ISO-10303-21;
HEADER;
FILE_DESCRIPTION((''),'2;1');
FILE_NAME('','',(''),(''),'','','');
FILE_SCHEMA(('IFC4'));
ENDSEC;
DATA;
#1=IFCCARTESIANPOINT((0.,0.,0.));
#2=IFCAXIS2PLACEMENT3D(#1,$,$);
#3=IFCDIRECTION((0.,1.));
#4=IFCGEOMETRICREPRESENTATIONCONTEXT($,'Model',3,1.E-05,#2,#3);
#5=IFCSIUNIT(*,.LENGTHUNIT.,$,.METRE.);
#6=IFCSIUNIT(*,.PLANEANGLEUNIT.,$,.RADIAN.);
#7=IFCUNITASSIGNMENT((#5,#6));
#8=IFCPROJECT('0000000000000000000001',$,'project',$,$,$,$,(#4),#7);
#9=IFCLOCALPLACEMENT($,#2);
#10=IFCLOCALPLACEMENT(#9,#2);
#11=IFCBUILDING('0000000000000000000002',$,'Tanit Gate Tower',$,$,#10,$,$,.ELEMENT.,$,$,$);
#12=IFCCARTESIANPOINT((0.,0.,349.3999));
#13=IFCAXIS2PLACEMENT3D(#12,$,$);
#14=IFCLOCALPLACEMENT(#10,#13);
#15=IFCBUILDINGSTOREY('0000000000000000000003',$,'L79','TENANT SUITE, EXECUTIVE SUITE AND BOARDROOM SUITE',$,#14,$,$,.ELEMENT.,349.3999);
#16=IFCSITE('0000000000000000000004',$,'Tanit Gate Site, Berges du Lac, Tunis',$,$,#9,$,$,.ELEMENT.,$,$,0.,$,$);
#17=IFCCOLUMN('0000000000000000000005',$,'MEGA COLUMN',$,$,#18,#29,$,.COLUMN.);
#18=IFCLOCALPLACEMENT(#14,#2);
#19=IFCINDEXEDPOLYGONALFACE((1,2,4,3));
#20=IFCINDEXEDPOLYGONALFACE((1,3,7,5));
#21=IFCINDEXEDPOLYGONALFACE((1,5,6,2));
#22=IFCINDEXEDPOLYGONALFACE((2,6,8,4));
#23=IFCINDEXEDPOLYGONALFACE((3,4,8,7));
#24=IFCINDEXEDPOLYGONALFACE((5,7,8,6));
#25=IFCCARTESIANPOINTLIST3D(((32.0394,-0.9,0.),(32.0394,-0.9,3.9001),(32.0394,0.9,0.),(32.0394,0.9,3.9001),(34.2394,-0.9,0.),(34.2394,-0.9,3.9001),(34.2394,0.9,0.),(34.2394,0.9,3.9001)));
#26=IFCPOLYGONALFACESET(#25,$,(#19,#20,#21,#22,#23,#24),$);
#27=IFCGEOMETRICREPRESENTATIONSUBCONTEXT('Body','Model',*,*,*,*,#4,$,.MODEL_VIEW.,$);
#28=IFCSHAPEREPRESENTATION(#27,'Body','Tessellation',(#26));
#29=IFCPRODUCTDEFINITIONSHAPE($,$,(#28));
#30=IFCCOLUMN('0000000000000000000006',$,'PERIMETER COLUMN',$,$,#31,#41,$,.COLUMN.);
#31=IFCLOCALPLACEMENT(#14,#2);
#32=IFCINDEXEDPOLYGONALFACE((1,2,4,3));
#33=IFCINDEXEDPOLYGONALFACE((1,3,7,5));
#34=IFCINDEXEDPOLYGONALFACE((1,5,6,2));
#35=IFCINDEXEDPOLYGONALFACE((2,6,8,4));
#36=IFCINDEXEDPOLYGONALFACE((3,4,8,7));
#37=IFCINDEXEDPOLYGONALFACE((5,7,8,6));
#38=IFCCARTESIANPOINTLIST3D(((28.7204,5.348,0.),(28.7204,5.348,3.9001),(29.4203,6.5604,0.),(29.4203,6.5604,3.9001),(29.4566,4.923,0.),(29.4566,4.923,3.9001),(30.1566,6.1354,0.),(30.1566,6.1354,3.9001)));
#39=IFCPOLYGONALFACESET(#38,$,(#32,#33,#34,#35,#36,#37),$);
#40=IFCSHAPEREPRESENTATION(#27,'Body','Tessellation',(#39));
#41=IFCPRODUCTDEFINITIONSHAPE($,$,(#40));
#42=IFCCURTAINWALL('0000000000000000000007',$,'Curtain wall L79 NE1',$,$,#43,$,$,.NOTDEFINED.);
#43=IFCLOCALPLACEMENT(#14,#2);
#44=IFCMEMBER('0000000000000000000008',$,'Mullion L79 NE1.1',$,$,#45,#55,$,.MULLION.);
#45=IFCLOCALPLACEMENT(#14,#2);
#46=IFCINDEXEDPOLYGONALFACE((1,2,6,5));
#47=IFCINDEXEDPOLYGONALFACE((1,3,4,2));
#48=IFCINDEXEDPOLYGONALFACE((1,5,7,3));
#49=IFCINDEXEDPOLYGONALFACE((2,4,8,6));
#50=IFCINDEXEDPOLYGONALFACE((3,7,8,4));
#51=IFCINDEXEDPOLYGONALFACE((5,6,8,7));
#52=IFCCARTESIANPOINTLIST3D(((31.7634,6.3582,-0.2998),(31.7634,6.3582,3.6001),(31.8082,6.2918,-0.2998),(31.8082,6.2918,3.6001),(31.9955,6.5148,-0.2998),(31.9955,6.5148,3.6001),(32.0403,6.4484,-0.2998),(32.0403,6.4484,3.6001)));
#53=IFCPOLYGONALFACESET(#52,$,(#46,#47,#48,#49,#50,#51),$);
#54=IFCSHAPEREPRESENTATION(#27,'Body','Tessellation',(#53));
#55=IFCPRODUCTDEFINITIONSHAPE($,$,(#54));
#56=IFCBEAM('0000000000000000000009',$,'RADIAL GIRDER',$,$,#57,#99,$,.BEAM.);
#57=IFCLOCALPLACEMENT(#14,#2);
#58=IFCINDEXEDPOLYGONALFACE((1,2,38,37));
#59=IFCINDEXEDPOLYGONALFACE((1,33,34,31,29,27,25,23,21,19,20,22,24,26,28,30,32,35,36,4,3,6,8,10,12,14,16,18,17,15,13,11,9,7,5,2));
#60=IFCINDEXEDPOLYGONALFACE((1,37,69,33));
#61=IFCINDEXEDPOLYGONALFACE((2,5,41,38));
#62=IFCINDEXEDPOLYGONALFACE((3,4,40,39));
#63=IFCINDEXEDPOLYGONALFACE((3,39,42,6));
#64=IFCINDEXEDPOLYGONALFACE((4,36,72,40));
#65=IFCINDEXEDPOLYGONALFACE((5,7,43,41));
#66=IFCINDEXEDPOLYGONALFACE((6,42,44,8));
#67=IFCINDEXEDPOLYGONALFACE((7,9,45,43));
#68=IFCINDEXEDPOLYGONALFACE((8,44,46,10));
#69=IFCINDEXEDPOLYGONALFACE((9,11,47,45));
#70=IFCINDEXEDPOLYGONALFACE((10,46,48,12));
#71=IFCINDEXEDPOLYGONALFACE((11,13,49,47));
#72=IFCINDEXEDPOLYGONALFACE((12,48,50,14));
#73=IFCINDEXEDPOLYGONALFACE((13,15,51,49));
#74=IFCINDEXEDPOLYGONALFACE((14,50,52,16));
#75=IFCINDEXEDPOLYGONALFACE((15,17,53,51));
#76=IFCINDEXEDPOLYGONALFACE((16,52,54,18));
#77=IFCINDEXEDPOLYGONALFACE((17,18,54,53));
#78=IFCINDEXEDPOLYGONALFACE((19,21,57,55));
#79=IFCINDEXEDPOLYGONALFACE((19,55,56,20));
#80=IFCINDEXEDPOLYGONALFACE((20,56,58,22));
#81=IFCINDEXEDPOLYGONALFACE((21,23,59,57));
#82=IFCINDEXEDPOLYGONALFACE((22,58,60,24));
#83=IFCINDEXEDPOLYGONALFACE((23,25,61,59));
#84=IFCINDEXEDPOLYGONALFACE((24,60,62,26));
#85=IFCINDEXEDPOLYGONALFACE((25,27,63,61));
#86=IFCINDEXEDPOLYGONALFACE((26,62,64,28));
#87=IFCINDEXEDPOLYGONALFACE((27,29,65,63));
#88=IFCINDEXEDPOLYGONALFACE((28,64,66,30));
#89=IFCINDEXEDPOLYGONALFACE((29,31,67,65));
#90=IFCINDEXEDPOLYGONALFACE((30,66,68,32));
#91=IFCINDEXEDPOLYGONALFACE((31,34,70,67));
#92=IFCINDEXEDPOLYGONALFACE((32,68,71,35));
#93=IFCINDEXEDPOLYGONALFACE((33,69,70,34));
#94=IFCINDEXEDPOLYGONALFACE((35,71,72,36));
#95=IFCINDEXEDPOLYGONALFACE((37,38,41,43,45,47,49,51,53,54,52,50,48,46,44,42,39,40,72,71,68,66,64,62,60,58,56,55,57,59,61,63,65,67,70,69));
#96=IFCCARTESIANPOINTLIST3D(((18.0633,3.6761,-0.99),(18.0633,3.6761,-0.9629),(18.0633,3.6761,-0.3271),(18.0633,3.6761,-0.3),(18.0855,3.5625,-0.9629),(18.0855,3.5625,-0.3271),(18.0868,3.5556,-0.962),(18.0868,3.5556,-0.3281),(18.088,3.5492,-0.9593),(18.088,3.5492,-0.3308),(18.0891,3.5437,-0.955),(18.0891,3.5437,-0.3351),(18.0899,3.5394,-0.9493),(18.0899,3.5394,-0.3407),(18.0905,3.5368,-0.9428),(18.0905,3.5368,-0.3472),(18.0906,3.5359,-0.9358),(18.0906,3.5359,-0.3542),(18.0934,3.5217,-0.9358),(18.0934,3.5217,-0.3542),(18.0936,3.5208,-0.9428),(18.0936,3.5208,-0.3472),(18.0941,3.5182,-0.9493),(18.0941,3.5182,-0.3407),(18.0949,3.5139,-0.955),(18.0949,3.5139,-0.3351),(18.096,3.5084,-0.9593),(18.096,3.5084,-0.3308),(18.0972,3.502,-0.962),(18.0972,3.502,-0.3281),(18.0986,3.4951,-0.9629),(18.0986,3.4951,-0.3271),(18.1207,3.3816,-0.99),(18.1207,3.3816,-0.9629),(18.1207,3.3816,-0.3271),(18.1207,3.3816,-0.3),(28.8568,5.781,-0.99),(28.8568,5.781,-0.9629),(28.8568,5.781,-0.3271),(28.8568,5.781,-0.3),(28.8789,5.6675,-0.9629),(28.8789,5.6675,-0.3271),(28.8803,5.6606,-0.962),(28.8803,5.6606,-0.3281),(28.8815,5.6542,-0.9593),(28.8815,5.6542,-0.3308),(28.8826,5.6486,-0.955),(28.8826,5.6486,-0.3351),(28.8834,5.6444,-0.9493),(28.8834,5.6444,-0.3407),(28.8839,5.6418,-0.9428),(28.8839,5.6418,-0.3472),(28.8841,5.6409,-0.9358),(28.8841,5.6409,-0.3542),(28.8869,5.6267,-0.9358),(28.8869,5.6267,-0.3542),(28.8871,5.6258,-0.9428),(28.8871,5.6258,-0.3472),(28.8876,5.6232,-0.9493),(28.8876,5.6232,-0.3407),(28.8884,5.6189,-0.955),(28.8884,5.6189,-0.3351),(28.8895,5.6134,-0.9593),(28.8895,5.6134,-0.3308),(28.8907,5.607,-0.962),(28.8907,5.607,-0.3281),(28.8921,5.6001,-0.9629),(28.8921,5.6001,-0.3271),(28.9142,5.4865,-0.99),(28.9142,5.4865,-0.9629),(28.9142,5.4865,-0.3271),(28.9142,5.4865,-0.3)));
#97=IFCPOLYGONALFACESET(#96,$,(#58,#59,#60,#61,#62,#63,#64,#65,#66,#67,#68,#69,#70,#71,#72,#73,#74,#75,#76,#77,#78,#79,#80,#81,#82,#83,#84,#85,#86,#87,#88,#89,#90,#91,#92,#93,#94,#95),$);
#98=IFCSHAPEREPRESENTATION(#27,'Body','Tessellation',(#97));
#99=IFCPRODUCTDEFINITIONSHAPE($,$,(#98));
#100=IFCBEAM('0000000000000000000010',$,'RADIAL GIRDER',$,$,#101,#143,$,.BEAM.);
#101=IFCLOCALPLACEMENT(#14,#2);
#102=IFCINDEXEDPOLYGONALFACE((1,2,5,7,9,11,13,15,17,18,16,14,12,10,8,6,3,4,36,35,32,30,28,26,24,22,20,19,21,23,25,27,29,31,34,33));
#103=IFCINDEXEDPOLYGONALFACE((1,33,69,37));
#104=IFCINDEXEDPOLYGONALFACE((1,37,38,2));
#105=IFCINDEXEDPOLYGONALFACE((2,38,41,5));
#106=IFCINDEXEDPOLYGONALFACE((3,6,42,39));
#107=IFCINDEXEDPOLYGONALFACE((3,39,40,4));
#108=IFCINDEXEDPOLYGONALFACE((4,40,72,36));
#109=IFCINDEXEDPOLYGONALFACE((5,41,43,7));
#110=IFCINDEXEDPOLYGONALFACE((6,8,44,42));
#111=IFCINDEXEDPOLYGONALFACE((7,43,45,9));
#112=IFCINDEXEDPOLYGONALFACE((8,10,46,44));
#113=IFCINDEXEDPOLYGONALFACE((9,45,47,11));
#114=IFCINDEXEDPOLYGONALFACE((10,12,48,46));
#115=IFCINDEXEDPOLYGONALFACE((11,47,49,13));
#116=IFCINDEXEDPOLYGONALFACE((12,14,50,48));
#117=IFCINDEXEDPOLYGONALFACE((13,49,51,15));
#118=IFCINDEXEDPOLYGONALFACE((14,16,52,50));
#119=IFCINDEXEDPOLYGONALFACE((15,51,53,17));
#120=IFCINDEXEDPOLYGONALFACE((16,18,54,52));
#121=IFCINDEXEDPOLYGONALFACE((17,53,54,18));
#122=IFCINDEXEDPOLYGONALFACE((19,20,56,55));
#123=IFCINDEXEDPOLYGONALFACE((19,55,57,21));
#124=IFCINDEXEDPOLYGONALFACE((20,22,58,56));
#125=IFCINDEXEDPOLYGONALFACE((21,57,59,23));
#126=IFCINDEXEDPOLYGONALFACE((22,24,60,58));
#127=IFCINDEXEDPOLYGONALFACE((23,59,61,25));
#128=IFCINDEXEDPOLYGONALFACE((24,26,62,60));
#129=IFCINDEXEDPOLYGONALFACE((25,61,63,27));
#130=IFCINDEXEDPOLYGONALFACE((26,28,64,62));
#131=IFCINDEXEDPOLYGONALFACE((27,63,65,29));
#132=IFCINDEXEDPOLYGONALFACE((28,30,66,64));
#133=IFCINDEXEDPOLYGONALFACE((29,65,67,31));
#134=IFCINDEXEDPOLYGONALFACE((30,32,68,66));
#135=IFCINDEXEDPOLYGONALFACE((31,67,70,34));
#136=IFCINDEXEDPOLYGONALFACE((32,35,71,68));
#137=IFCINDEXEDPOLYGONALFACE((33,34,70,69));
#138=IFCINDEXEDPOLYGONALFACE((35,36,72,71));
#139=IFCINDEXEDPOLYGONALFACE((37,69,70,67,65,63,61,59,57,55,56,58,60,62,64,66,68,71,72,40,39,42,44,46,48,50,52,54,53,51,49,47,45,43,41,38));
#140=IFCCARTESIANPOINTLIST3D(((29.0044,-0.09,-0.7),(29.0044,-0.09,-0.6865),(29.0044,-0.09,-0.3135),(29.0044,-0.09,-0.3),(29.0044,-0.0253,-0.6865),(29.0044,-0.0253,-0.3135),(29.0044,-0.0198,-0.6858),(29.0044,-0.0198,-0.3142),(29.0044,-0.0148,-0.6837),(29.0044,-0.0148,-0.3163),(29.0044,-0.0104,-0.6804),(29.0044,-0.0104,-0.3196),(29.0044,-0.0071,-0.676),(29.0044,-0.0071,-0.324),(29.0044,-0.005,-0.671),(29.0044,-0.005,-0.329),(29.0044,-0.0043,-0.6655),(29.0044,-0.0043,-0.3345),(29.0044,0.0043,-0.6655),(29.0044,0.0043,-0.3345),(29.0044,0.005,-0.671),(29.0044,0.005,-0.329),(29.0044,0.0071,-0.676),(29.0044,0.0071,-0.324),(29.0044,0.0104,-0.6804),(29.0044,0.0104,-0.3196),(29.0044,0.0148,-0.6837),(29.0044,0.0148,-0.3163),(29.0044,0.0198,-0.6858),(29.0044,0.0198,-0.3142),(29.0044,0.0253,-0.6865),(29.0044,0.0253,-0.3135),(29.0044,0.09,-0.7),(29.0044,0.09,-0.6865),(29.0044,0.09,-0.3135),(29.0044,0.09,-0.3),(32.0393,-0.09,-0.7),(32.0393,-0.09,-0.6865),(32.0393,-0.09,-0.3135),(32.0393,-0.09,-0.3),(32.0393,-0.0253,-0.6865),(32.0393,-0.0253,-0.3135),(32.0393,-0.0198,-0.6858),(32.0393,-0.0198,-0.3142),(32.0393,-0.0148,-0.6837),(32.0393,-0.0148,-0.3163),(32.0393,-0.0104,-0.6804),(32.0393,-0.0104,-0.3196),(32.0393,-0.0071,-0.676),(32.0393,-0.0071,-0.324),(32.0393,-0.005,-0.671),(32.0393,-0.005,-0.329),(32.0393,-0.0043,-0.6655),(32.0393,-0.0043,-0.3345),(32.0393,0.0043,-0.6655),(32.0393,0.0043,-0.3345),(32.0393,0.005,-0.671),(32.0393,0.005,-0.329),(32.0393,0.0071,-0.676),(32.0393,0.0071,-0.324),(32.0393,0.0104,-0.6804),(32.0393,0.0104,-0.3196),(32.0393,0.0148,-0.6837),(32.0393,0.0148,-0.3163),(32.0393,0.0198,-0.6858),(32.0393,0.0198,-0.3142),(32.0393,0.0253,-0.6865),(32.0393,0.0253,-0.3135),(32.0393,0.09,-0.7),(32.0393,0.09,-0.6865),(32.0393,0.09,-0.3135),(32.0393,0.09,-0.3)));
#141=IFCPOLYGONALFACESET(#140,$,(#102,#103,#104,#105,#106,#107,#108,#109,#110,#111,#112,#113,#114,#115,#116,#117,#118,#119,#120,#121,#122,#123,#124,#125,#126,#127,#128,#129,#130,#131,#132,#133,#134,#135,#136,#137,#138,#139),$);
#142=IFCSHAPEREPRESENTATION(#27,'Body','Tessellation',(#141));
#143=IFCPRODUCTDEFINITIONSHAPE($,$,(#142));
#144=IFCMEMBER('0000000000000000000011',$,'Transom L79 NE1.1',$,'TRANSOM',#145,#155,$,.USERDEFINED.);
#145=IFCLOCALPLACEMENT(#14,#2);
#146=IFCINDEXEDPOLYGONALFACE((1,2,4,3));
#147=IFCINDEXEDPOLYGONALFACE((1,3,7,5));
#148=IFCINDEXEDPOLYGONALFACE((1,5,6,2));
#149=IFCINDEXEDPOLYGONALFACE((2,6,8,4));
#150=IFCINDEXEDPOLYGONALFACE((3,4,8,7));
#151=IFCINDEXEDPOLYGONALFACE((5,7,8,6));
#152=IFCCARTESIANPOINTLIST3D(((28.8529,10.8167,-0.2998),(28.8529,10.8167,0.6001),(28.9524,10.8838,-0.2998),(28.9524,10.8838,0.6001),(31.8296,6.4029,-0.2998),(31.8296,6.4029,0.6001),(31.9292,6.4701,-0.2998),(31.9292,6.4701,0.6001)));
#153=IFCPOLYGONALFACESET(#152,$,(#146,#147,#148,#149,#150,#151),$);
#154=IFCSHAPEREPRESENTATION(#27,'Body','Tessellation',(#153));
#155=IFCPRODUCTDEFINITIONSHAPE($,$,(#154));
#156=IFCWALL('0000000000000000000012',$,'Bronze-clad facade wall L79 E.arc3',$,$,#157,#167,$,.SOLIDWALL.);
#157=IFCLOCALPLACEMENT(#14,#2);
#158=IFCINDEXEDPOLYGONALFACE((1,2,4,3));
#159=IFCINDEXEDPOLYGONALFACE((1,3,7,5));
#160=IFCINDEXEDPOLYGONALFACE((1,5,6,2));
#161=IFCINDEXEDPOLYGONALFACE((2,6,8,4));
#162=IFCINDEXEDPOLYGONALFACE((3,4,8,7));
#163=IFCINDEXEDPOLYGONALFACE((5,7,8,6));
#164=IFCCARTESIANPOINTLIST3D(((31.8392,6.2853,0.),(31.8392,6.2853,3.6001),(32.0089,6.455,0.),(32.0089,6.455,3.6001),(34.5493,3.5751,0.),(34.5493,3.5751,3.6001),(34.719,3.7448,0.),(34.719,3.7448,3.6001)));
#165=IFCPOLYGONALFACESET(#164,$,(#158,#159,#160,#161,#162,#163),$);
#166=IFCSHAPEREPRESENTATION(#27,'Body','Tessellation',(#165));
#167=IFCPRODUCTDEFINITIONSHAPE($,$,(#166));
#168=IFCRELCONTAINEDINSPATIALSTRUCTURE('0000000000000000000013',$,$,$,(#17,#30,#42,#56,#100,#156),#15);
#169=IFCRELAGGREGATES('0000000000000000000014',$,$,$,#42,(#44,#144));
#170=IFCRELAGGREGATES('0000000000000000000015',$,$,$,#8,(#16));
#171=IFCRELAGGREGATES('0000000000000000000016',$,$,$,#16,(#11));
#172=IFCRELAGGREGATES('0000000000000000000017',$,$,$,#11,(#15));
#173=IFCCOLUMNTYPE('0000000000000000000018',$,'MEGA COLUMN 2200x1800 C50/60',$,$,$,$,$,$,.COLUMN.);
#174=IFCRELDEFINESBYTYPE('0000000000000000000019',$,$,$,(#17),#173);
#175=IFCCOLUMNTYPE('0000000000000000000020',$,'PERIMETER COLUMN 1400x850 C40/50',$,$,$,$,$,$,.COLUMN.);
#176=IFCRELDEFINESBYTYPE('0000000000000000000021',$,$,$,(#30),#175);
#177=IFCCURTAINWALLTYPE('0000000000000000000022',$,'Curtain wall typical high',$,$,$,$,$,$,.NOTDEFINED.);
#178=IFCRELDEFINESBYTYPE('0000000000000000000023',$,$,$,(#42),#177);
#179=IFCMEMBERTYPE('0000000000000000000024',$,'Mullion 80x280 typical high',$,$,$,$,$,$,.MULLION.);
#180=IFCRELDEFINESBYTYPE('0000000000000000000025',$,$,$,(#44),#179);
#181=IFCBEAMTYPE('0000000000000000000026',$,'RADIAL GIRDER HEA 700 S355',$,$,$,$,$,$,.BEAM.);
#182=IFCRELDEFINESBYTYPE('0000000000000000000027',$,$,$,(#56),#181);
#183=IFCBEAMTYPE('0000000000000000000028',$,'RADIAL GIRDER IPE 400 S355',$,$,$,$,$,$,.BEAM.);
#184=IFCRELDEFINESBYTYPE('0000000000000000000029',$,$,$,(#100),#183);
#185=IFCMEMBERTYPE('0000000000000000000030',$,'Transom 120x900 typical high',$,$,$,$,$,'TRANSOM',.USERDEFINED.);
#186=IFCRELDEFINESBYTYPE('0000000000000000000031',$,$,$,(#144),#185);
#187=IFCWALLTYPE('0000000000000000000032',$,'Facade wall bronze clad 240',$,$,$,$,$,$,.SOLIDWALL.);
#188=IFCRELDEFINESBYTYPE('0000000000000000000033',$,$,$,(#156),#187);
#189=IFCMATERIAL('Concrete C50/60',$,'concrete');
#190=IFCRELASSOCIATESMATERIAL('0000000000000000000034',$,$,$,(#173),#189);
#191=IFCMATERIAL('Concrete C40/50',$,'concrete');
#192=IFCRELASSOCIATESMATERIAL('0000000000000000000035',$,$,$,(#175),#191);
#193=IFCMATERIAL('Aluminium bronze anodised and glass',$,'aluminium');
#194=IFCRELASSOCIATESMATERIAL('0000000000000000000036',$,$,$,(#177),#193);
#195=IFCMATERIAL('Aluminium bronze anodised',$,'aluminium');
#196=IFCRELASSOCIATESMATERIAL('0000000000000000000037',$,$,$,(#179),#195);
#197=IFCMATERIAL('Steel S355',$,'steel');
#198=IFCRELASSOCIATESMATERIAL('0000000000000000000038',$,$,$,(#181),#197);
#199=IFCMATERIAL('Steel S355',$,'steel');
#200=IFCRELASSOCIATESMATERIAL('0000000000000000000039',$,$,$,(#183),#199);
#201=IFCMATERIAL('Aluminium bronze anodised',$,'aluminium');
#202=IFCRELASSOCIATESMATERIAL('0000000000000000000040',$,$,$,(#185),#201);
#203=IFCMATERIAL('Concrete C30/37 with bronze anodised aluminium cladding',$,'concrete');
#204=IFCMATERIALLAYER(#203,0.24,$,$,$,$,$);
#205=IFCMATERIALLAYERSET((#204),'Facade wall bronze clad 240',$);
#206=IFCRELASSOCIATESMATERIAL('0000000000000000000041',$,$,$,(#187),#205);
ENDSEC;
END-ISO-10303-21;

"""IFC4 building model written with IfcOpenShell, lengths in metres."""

from ifc_helpers import new_model, si_unit, direction, frame, frame_2d, origin, origin_2d, place, context, subcontext, project, spatial, rectangle, i_section, extrude, material, layer, layer_set, material_profile, profile_set, type_object, element, aggregate, save


model = new_model("IFC4")

# Units and contexts
model_context = context("Model", 3, precision=1e-05, world=origin(), true_north=direction((0.0, 1.0)))
body_context = subcontext(model_context, "Body", "Model", "MODEL_VIEW")
ifc_project = project(units=[si_unit("LENGTHUNIT", "METRE"), si_unit("PLANEANGLEUNIT", "RADIAN")], contexts=[model_context])

# Site, building, storey
site_placement = place(None, origin())
site = spatial("IfcSite", under=ifc_project, at=site_placement, Name="Tanit Gate Site, Berges du Lac, Tunis", CompositionType="ELEMENT", RefElevation=0.0)
building_placement = place(site_placement, origin())
building = spatial("IfcBuilding", under=site, at=building_placement, Name="Tanit Gate Tower", CompositionType="ELEMENT")
storey_placement = place(building_placement, frame((0.0, 0.0, 349.3999)))
storey = spatial("IfcBuildingStorey", under=building, at=storey_placement, Name="L79", Description="TENANT SUITE, EXECUTIVE SUITE AND BOARDROOM SUITE", CompositionType="ELEMENT", Elevation=349.3999)

# Columns
ifc_material_1 = material(Name="Concrete C50/60", Category="concrete")
ifc_material_profile_1 = material_profile(ifc_material_1, rectangle(XDim=2.2, YDim=1.8, at=origin_2d()), Name="RC 2200x1800")
ifc_profile_set_1 = profile_set([ifc_material_profile_1], Name="Concrete C50/60")
column_type_1 = type_object("IfcColumnType", Name="MEGA COLUMN 2200x1800 C50/60", PredefinedType="COLUMN", material=ifc_profile_set_1)
column_1_placement = place(storey_placement, frame((33.1394, 0.0, 0.0), z_axis=(0.0, 0.0, 1.0), x_axis=(1.0, 0.0, 0.0)))
element("IfcColumn", 1, at=column_1_placement, inside=storey, type_object=column_type_1, Name="MEGA COLUMN", PredefinedType="COLUMN", context=body_context, shape_type="SweptSolid", body=[
    extrude(rectangle(XDim=2.2, YDim=1.8, at=origin_2d()), origin(), (0.0, 0.0, 1.0), 3.9001),
])
ifc_material_2 = material(Name="Concrete C40/50", Category="concrete")
ifc_material_profile_2 = material_profile(ifc_material_2, rectangle(XDim=1.3999, YDim=0.8501, at=origin_2d()), Name="RC 1400x850")
ifc_profile_set_2 = profile_set([ifc_material_profile_2], Name="Concrete C40/50")
column_type_2 = type_object("IfcColumnType", Name="PERIMETER COLUMN 1400x850 C40/50", PredefinedType="COLUMN", material=ifc_profile_set_2)
column_2_placement = place(storey_placement, frame((29.4385, 5.7417, 0.0), z_axis=(0.0, 0.0, 1.0), x_axis=(0.5, 0.866025, 0.0)))
element("IfcColumn", 2, at=column_2_placement, inside=storey, type_object=column_type_2, Name="PERIMETER COLUMN", PredefinedType="COLUMN", context=body_context, shape_type="SweptSolid", body=[
    extrude(rectangle(XDim=1.3999, YDim=0.8501, at=origin_2d()), origin(), (0.0, 0.0, 1.0), 3.9001),
])

# Curtain wall, member
ifc_material_3 = material(Name="Aluminium bronze anodised and glass", Category="aluminium")
curtain_wall_type = type_object("IfcCurtainWallType", Name="Curtain wall typical high", PredefinedType="NOTDEFINED", material=ifc_material_3)
curtain_wall_placement = place(storey_placement, origin())
curtain_wall = element("IfcCurtainWall", 3, at=curtain_wall_placement, inside=storey, type_object=curtain_wall_type, Name="Curtain wall L79 NE1", PredefinedType="NOTDEFINED")
ifc_material_4 = material(Name="Aluminium bronze anodised", Category="aluminium")
ifc_material_profile_3 = material_profile(ifc_material_4, rectangle(XDim=0.28, YDim=0.0801, at=origin_2d()), Name="80x280 bronze mullion")
ifc_profile_set_3 = profile_set([ifc_material_profile_3], Name="Aluminium bronze anodised")
member_type_1 = type_object("IfcMemberType", Name="Mullion 80x280 typical high", PredefinedType="MULLION", material=ifc_profile_set_3)
member_1_placement = place(storey_placement, frame((31.9019, 6.4033, -0.2998), z_axis=(0.0, 0.0, 1.0), x_axis=(-0.829068, -0.559148, 0.0)))
member_1 = element("IfcMember", 4, at=member_1_placement, type_object=member_type_1, Name="Mullion L79 NE1.1", PredefinedType="MULLION", context=body_context, shape_type="SweptSolid", body=[
    extrude(rectangle(XDim=0.28, YDim=0.0801, at=origin_2d()), origin(), (0.0, 0.0, 1.0), 3.8999),
])

# Beams
ifc_material_5 = material(Name="Steel S355", Category="steel")
ifc_material_profile_4 = material_profile(ifc_material_5, i_section(OverallWidth=0.3, OverallDepth=0.6899, WebThickness=0.0144, FlangeThickness=0.0271, FilletRadius=0.0271, at=origin_2d()), Name="HEA 700")
ifc_profile_set_4 = profile_set([ifc_material_profile_4], Name="Steel S355")
beam_type_1 = type_object("IfcBeamType", Name="RADIAL GIRDER HEA 700 S355", PredefinedType="BEAM", material=ifc_profile_set_4)
beam_1_placement = place(storey_placement, frame((28.8855, 5.6338, -0.645), z_axis=(-0.981509, -0.191418, 0.0), x_axis=(0.191418, -0.981509, 0.0)))
element("IfcBeam", 5, at=beam_1_placement, inside=storey, type_object=beam_type_1, Name="RADIAL GIRDER", PredefinedType="BEAM", context=body_context, shape_type="SweptSolid", body=[
    extrude(i_section(OverallWidth=0.3, OverallDepth=0.6899, WebThickness=0.0144, FlangeThickness=0.0271, FilletRadius=0.0271, at=origin_2d()), origin(), (0.0, 0.0, 1.0), 10.9968),
])
ifc_material_6 = material(Name="Steel S355", Category="steel")
ifc_material_profile_5 = material_profile(ifc_material_6, i_section(OverallWidth=0.1799, OverallDepth=0.3999, WebThickness=0.0085, FlangeThickness=0.0134, FilletRadius=0.021, at=origin_2d()), Name="IPE 400")
ifc_profile_set_5 = profile_set([ifc_material_profile_5], Name="Steel S355")
beam_type_2 = type_object("IfcBeamType", Name="RADIAL GIRDER IPE 400 S355", PredefinedType="BEAM", material=ifc_profile_set_5)
beam_2_placement = place(storey_placement, frame((32.0393, 0.0, -0.5), z_axis=(-1.0, 0.0, 0.0), x_axis=(0.0, -1.0, 0.0)))
element("IfcBeam", 6, at=beam_2_placement, inside=storey, type_object=beam_type_2, Name="RADIAL GIRDER", PredefinedType="BEAM", context=body_context, shape_type="SweptSolid", body=[
    extrude(i_section(OverallWidth=0.1799, OverallDepth=0.3999, WebThickness=0.0085, FlangeThickness=0.0134, FilletRadius=0.021, at=origin_2d()), origin(), (0.0, 0.0, 1.0), 3.0349),
])

# Member
ifc_material_7 = material(Name="Aluminium bronze anodised", Category="aluminium")
ifc_material_profile_6 = material_profile(ifc_material_7, rectangle(XDim=0.1201, YDim=0.8999, at=origin_2d()), Name="120x900 bronze transom")
ifc_profile_set_6 = profile_set([ifc_material_profile_6], Name="Aluminium bronze anodised")
member_type_2 = type_object("IfcMemberType", Name="Transom 120x900 typical high", ElementType="TRANSOM", PredefinedType="USERDEFINED", material=ifc_profile_set_6)
member_2_placement = place(storey_placement, frame((31.8794, 6.4365, 0.1501), z_axis=(-0.559148, 0.829068, 0.0), x_axis=(-0.829068, -0.559148, 0.0)))
member_2 = element("IfcMember", 7, at=member_2_placement, type_object=member_type_2, Name="Transom L79 NE1.1", ObjectType="TRANSOM", PredefinedType="USERDEFINED", context=body_context, shape_type="SweptSolid", body=[
    extrude(rectangle(XDim=0.1201, YDim=0.8999, at=origin_2d()), origin(), (0.0, 0.0, 1.0), 5.3237),
])
aggregate(curtain_wall, [member_1, member_2])

# Wall
ifc_material_8 = material(Name="Concrete C30/37 with bronze anodised aluminium cladding", Category="concrete")
ifc_layer_1 = layer(ifc_material_8, 0.24)
ifc_layer_set_1 = layer_set([ifc_layer_1], Name="Facade wall bronze clad 240")
wall_type_1 = type_object("IfcWallType", Name="Facade wall bronze clad 240", PredefinedType="SOLIDWALL", material=ifc_layer_set_1)
wall_1_placement = place(storey_placement, frame((34.6343, 3.6599, 0.0), z_axis=(0.0, 0.0, 1.0), x_axis=(-0.707107, 0.707107, 0.0)))
element("IfcWall", 8, at=wall_1_placement, inside=storey, type_object=wall_type_1, Name="Bronze-clad facade wall L79 E.arc3", PredefinedType="SOLIDWALL", context=body_context, shape_type="SweptSolid", body=[
    extrude(rectangle(XDim=3.8328, YDim=0.24, at=frame_2d((1.9165, 0.0))), origin(), (0.0, 0.0, 1.0), 3.6001),
])

save(model, "model.ifc")
